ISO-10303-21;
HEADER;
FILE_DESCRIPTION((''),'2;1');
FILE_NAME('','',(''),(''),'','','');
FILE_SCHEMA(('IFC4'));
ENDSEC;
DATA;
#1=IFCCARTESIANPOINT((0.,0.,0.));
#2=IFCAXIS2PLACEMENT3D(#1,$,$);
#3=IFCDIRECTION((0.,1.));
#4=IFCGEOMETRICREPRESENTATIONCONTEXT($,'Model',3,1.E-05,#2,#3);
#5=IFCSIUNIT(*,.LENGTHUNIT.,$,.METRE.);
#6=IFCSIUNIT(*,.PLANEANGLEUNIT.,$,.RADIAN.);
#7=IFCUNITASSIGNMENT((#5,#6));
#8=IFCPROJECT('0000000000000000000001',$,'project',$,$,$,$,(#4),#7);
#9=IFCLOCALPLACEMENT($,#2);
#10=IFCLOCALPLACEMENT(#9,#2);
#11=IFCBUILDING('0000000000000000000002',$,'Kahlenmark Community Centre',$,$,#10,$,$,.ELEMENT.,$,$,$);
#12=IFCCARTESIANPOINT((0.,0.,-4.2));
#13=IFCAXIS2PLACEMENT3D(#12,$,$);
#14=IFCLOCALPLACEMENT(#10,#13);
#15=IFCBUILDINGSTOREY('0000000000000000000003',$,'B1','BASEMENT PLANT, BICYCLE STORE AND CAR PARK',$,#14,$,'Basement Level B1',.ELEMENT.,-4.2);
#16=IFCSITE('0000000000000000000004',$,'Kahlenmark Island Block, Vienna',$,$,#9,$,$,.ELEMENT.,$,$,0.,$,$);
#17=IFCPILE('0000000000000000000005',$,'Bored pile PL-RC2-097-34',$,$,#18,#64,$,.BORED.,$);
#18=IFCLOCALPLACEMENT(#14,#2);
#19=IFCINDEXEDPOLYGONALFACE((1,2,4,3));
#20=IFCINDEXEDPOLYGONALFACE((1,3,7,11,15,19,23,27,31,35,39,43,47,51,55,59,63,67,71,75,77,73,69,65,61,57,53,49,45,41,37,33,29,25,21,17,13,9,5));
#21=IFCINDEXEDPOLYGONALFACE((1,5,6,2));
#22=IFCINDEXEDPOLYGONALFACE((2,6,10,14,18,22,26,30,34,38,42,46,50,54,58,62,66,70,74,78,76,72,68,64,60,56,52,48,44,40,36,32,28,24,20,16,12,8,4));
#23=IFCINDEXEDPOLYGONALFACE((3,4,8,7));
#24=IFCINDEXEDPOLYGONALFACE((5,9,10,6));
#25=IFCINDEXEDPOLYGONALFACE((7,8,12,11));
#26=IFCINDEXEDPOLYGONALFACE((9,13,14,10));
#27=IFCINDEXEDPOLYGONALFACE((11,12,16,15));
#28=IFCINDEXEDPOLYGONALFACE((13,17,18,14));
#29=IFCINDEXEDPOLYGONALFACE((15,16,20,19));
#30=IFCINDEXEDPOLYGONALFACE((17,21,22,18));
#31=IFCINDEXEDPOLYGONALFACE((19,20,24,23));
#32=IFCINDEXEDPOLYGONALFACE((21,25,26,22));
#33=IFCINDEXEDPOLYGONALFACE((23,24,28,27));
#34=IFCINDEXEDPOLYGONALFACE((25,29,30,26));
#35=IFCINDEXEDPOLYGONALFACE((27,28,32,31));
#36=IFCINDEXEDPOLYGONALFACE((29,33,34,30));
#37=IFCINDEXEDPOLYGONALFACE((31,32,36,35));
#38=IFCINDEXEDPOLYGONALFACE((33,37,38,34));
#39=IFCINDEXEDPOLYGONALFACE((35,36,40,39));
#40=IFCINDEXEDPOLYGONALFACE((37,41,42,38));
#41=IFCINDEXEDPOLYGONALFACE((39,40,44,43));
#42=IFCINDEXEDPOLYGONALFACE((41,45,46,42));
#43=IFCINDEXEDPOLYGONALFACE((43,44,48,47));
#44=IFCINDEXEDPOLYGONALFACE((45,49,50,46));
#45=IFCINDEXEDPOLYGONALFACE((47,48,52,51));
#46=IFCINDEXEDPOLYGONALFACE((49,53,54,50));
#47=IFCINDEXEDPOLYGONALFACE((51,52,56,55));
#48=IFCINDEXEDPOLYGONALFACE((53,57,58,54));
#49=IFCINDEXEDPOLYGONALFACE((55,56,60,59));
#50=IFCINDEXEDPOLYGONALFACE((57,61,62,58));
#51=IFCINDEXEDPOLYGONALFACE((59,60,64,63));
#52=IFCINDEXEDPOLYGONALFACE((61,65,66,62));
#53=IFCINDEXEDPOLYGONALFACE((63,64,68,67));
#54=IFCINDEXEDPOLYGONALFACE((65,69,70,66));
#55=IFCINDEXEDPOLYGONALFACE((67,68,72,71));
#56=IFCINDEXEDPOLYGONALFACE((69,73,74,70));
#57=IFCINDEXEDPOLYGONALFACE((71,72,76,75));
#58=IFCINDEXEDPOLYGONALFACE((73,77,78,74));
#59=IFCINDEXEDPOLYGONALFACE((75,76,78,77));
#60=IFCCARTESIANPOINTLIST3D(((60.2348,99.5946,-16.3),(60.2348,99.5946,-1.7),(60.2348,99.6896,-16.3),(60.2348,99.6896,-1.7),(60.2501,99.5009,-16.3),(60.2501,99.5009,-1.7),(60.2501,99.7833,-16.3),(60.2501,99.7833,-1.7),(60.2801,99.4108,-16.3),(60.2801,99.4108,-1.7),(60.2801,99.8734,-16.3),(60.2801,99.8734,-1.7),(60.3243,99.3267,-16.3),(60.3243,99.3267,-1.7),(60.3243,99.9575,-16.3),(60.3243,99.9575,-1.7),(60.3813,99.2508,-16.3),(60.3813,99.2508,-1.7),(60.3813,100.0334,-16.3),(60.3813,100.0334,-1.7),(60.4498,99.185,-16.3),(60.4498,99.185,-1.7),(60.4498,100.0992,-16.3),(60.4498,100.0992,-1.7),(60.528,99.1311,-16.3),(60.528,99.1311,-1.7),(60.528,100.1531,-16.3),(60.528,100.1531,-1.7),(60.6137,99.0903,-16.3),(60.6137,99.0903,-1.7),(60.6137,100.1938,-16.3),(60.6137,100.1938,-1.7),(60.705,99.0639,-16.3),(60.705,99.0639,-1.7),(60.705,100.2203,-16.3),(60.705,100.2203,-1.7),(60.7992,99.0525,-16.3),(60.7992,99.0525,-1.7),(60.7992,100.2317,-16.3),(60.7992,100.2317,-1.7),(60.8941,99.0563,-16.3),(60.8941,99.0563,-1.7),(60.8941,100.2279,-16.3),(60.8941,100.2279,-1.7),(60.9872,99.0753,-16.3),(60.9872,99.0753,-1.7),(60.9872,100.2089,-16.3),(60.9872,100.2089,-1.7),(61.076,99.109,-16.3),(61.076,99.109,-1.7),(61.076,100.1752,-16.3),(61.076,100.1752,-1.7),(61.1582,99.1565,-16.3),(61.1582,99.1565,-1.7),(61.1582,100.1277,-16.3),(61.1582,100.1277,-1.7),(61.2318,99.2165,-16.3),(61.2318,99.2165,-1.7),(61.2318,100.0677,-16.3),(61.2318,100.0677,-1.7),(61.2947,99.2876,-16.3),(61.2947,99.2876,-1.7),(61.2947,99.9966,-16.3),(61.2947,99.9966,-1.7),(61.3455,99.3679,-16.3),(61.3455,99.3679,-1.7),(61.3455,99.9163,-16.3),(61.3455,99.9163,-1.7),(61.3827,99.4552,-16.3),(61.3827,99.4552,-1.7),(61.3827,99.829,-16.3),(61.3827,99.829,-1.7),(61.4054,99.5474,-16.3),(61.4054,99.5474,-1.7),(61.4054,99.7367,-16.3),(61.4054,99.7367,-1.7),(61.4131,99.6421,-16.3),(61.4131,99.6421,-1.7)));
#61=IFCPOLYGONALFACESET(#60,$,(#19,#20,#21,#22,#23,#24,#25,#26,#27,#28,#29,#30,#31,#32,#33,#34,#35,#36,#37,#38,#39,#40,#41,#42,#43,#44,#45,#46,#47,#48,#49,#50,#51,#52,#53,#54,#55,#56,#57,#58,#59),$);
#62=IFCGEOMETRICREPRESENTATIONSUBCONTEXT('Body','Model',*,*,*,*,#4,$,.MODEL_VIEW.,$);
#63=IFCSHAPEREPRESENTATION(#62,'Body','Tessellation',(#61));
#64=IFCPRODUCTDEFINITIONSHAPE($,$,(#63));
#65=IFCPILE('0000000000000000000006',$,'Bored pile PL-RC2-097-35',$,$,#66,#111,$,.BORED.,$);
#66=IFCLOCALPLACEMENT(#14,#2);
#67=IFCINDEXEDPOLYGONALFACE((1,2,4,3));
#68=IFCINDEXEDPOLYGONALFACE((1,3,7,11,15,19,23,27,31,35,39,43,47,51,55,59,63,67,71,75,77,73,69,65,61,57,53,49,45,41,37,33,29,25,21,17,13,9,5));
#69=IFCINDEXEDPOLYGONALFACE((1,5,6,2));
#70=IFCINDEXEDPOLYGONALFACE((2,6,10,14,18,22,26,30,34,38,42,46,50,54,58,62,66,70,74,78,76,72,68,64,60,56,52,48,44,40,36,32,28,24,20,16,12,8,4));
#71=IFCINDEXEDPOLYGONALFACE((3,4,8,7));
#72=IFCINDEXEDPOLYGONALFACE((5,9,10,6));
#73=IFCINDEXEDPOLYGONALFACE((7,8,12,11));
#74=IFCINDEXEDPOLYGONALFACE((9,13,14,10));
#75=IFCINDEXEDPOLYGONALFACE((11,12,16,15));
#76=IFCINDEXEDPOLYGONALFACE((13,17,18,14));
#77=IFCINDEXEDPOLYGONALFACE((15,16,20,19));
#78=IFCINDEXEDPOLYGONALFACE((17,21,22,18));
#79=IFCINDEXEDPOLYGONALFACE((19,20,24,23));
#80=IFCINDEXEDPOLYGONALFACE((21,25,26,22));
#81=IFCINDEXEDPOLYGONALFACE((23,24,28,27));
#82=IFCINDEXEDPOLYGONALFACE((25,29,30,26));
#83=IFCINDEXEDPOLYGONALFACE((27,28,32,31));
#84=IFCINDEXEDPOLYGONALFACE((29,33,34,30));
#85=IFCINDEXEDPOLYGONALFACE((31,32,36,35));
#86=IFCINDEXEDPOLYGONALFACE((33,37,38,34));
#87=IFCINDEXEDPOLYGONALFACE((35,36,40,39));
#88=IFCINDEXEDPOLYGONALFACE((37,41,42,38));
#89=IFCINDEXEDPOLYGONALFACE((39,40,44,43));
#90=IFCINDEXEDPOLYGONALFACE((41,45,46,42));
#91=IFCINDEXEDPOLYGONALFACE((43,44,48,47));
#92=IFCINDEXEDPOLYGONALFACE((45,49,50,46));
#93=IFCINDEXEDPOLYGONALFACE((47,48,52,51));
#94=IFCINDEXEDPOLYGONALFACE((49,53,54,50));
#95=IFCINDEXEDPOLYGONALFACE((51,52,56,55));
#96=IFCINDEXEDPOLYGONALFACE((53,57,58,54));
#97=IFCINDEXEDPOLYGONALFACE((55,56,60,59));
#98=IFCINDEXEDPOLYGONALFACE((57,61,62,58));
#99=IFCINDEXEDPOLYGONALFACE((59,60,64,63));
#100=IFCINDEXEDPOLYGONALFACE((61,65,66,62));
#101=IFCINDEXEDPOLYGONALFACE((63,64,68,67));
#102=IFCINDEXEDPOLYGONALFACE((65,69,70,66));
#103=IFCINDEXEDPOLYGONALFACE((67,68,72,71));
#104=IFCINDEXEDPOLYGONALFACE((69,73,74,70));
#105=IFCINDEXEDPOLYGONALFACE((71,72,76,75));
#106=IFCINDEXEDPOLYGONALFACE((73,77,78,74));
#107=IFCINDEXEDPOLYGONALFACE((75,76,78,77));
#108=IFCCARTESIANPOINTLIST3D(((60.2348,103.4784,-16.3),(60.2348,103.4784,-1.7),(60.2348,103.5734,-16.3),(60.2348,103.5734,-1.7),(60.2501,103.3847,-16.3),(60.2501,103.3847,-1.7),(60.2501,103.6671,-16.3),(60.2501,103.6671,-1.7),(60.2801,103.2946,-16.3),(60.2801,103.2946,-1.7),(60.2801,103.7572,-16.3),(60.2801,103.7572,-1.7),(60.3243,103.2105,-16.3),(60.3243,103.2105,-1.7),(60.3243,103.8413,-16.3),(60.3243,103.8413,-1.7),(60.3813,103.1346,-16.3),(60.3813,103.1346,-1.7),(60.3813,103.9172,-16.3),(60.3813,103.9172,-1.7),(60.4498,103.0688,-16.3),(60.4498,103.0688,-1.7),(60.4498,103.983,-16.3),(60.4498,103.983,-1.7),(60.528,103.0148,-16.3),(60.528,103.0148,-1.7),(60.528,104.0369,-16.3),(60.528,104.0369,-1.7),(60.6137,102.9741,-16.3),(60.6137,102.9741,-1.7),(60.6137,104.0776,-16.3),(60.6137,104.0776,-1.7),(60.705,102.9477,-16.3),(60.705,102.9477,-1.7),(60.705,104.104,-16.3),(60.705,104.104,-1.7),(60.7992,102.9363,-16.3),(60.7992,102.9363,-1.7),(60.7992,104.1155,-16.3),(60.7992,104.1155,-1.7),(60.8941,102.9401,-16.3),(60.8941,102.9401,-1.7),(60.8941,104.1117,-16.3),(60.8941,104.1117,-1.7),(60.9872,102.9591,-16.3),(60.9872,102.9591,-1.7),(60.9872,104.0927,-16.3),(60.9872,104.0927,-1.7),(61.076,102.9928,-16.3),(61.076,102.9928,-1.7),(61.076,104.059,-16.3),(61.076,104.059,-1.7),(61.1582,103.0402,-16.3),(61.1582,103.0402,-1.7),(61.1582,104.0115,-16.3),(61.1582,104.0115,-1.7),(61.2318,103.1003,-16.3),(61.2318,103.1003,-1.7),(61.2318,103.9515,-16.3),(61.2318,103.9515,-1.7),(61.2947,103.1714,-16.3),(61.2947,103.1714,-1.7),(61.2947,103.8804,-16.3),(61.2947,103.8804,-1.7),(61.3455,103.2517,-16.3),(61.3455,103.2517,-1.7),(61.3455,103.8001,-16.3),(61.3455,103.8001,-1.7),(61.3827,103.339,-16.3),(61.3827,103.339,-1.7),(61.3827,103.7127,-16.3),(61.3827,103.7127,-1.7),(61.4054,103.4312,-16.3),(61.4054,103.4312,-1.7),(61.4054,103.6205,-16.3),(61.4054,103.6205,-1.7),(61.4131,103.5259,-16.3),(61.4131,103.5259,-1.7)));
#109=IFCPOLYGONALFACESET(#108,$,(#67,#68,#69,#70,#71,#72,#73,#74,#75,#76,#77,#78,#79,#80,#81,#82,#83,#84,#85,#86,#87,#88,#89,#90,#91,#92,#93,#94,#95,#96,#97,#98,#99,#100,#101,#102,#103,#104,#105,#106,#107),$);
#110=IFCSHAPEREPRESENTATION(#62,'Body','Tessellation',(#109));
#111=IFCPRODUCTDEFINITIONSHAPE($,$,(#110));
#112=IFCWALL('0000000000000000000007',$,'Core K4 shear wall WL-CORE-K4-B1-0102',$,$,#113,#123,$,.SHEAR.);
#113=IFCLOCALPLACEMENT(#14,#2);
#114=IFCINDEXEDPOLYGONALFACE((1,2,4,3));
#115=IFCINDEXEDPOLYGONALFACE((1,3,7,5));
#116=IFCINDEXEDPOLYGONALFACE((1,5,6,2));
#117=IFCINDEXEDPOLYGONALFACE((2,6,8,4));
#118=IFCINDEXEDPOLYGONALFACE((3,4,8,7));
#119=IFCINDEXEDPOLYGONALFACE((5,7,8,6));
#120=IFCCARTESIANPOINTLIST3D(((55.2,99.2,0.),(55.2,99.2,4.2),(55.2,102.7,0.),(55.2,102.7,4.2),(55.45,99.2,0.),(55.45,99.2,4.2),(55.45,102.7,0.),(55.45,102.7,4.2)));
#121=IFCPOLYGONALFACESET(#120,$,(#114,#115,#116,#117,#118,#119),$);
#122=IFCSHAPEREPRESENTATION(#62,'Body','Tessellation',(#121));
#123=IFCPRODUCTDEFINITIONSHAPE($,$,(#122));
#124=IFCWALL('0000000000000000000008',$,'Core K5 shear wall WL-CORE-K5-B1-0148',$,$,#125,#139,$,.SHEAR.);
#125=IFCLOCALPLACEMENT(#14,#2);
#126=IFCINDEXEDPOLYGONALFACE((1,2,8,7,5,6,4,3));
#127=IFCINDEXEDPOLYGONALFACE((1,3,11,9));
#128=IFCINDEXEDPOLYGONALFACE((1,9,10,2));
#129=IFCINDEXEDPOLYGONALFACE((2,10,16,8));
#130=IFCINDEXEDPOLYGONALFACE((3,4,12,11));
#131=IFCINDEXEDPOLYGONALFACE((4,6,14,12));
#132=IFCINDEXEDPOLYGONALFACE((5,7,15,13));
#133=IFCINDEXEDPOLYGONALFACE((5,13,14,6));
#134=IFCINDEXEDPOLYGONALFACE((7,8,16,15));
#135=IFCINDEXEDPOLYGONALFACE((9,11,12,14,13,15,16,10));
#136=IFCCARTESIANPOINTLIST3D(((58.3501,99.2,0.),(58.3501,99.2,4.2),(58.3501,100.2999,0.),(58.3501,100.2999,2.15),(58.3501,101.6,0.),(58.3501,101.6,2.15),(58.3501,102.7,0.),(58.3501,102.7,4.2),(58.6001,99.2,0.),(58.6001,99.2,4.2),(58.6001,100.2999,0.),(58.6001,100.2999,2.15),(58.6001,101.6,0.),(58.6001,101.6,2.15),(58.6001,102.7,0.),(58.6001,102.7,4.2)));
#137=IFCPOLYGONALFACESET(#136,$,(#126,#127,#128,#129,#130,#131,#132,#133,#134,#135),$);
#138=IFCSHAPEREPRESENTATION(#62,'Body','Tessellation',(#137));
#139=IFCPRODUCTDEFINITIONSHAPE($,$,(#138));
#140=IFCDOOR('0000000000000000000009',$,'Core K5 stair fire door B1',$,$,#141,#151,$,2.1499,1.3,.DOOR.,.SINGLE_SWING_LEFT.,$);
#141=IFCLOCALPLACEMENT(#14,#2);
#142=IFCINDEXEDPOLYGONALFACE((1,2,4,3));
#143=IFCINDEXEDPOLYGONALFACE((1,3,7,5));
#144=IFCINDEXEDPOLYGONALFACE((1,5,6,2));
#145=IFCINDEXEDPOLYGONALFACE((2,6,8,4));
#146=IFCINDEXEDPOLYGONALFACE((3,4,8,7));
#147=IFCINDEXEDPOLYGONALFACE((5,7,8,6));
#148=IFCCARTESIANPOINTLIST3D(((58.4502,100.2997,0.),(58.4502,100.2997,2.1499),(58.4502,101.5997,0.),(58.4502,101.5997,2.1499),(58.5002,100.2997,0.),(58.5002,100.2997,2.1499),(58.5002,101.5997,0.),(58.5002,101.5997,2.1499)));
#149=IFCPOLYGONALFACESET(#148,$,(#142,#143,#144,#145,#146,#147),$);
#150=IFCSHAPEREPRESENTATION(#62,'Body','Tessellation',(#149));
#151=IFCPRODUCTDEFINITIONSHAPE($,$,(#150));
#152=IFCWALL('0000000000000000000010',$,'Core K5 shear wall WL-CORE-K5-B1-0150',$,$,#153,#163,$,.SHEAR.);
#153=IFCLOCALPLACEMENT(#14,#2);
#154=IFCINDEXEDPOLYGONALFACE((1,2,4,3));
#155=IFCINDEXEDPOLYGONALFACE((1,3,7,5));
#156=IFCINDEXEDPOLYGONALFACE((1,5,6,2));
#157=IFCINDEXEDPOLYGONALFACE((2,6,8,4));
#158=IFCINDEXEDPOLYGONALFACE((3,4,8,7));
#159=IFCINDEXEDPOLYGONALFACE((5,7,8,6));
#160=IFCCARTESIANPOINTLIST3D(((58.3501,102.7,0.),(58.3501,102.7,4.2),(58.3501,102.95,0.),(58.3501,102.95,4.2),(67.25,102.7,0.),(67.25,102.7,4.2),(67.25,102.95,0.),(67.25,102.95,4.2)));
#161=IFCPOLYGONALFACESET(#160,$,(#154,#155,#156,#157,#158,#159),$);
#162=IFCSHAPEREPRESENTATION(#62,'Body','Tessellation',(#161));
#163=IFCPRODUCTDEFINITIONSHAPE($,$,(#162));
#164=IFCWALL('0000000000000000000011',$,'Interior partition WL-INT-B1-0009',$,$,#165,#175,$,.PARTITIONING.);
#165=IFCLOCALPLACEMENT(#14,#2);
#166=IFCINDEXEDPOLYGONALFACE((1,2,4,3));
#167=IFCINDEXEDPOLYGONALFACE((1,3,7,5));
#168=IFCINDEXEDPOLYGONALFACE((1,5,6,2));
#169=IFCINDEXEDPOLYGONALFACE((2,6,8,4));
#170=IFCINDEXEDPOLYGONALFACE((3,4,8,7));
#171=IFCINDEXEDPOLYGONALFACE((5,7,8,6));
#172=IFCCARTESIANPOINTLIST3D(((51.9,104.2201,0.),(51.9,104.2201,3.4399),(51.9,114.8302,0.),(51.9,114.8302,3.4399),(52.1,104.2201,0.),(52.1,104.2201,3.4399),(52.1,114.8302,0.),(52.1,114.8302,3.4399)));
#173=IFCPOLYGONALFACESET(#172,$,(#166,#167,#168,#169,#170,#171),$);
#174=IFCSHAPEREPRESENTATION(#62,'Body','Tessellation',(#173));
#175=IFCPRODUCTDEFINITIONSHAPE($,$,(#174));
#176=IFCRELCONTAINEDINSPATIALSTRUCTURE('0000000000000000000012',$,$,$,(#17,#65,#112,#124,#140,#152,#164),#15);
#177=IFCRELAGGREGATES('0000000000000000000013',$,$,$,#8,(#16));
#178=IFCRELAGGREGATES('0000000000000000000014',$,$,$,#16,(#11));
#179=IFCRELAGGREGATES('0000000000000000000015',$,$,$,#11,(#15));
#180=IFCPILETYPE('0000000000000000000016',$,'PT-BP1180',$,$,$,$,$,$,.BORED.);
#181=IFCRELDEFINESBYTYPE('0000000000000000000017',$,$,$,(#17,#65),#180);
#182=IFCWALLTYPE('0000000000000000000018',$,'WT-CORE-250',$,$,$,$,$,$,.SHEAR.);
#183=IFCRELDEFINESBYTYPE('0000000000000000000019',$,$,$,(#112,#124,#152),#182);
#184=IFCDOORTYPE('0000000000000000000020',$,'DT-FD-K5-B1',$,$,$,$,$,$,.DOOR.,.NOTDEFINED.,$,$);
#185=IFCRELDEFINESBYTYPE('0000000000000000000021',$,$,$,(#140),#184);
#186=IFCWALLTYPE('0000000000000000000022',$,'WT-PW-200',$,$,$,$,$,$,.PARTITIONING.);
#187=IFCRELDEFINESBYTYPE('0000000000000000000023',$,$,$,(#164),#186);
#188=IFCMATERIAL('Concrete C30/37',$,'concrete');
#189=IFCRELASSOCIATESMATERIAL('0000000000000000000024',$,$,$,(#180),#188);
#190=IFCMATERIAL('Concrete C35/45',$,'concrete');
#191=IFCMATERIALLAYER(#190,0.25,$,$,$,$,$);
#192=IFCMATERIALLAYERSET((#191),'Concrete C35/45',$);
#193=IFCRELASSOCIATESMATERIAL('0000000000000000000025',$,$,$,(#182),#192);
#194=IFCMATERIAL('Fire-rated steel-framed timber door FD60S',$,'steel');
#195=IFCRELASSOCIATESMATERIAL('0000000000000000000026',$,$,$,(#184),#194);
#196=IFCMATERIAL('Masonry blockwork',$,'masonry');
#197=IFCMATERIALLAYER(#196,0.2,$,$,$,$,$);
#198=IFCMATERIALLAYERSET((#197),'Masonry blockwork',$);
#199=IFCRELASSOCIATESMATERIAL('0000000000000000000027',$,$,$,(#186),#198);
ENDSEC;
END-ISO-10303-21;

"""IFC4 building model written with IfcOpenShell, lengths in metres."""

from ifc_helpers import new_model, si_unit, direction, frame, frame_2d, origin, origin_2d, place, context, subcontext, project, spatial, rectangle, circle, extrude, material, layer, layer_set, material_profile, profile_set, type_object, element, fill, save


model = new_model("IFC4")

# Units and contexts
model_context = context("Model", 3, precision=1e-05, world=origin(), true_north=direction((0.0, 1.0)))
body_context = subcontext(model_context, "Body", "Model", "MODEL_VIEW")
ifc_project = project(units=[si_unit("LENGTHUNIT", "METRE"), si_unit("PLANEANGLEUNIT", "RADIAN")], contexts=[model_context])

# Site, building, storey
site_placement = place(None, origin())
site = spatial("IfcSite", under=ifc_project, at=site_placement, Name="Kahlenmark Island Block, Vienna", CompositionType="ELEMENT", RefElevation=0.0)
building_placement = place(site_placement, origin())
building = spatial("IfcBuilding", under=site, at=building_placement, Name="Kahlenmark Community Centre", CompositionType="ELEMENT")
storey_placement = place(building_placement, frame((0.0, 0.0, -4.2)))
storey = spatial("IfcBuildingStorey", under=building, at=storey_placement, Name="B1", Description="BASEMENT PLANT, BICYCLE STORE AND CAR PARK", LongName="Basement Level B1", CompositionType="ELEMENT", Elevation=-4.2)

# Piles
ifc_material_1 = material(Name="Concrete C30/37", Category="concrete")
ifc_material_profile = material_profile(ifc_material_1, circle(Radius=0.5901, at=origin_2d()), Name="BORED PILE 1180")
ifc_profile_set = profile_set([ifc_material_profile], Name="Concrete C30/37")
pile_type = type_object("IfcPileType", Name="PT-BP1180", PredefinedType="BORED", material=ifc_profile_set)
for number, where, z_axis, x_axis, name in (
    (1, (60.823, 99.6421, -1.7), (0.0, 0.0, -1.0), (1.0, 0.0, 0.0), "Bored pile PL-RC2-097-34"),
    (2, (60.823, 103.5259, -1.7), (0.0, 0.0, -1.0), (1.0, 0.0, 0.0), "Bored pile PL-RC2-097-35"),
):
    element("IfcPile", number, at=place(storey_placement, frame(where, z_axis=z_axis, x_axis=x_axis)), inside=storey, type_object=pile_type, Name=name, PredefinedType="BORED", context=body_context, shape_type="SweptSolid", body=[
        extrude(circle(Radius=0.5901, at=origin_2d()), origin(), (0.0, 0.0, 1.0), 14.6001),
    ])

# Wall
ifc_material_2 = material(Name="Concrete C35/45", Category="concrete")
ifc_layer_1 = layer(ifc_material_2, 0.25)
ifc_layer_set_1 = layer_set([ifc_layer_1], Name="Concrete C35/45")
wall_type_1 = type_object("IfcWallType", Name="WT-CORE-250", PredefinedType="SHEAR", material=ifc_layer_set_1)
wall_1_placement = place(storey_placement, frame((55.325, 99.2, 0.0), z_axis=(0.0, 0.0, 1.0), x_axis=(0.0, 1.0, 0.0)))
element("IfcWall", 3, at=wall_1_placement, inside=storey, type_object=wall_type_1, Name="Core K4 shear wall WL-CORE-K4-B1-0102", PredefinedType="SHEAR", context=body_context, shape_type="SweptSolid", body=[
    extrude(rectangle(XDim=3.5, YDim=0.25, at=frame_2d((1.75, 0.0))), origin(), (0.0, 0.0, 1.0), 4.2),
])

# Wall, opening, door
wall_2_placement = place(storey_placement, frame((58.4751, 102.7, 0.0), z_axis=(0.0, 0.0, 1.0), x_axis=(0.0, -1.0, 0.0)))
wall_2 = element("IfcWall", 4, at=wall_2_placement, inside=storey, type_object=wall_type_1, Name="Core K5 shear wall WL-CORE-K5-B1-0148", PredefinedType="SHEAR", context=body_context, shape_type="SweptSolid", body=[
    extrude(rectangle(XDim=3.5, YDim=0.25, at=frame_2d((1.75, 0.0))), origin(), (0.0, 0.0, 1.0), 4.2),
])
opening_1_placement = place(wall_2_placement, frame((1.1001, 0.0, -0.01)))
opening_1 = element("IfcOpeningElement", 5, at=opening_1_placement, cuts=wall_2, PredefinedType="OPENING", context=body_context, shape_type="SweptSolid", body=[
    extrude(rectangle(XDim=1.3, YDim=2.1599, at=frame_2d((0.6499, 1.0801))), frame((0.0, 0.135, 0.0), z_axis=(0.0, -1.0, 0.0), x_axis=(1.0, 0.0, 0.0)), (0.0, 0.0, 1.0), 0.27),
])
ifc_material_3 = material(Name="Fire-rated steel-framed timber door FD60S", Category="steel")
door_type_1 = type_object("IfcDoorType", Name="DT-FD-K5-B1", OperationType="NOTDEFINED", PredefinedType="DOOR", material=ifc_material_3)
door_1_placement = place(opening_1_placement, frame((1.3, 0.0, 0.01), z_axis=(0.0, 0.0, 1.0), x_axis=(-1.0, 0.0, 0.0)))
door_1 = element("IfcDoor", 6, at=door_1_placement, inside=storey, type_object=door_type_1, Name="Core K5 stair fire door B1", OperationType="SINGLE_SWING_LEFT", OverallHeight=2.1499, OverallWidth=1.3, PredefinedType="DOOR", context=body_context, shape_type="SweptSolid", body=[
    extrude(rectangle(XDim=1.3, YDim=2.1499, at=frame_2d((0.6499, 1.075))), frame((0.0, 0.0249, 0.0), z_axis=(0.0, -1.0, 0.0), x_axis=(1.0, 0.0, 0.0)), (0.0, 0.0, 1.0), 0.05),
])
fill(opening_1, door_1)

# Walls
wall_3_placement = place(storey_placement, frame((58.3501, 102.825, 0.0), z_axis=(0.0, 0.0, 1.0), x_axis=(1.0, 0.0, 0.0)))
element("IfcWall", 7, at=wall_3_placement, inside=storey, type_object=wall_type_1, Name="Core K5 shear wall WL-CORE-K5-B1-0150", PredefinedType="SHEAR", context=body_context, shape_type="SweptSolid", body=[
    extrude(rectangle(XDim=8.8999, YDim=0.25, at=frame_2d((4.45, 0.0))), origin(), (0.0, 0.0, 1.0), 4.2),
])
ifc_material_4 = material(Name="Masonry blockwork", Category="masonry")
ifc_layer_2 = layer(ifc_material_4, 0.2)
ifc_layer_set_2 = layer_set([ifc_layer_2], Name="Masonry blockwork")
wall_type_2 = type_object("IfcWallType", Name="WT-PW-200", PredefinedType="PARTITIONING", material=ifc_layer_set_2)
wall_4_placement = place(storey_placement, frame((52.0, 104.22, 0.0), z_axis=(0.0, 0.0, 1.0), x_axis=(0.0, 1.0, 0.0)))
element("IfcWall", 8, at=wall_4_placement, inside=storey, type_object=wall_type_2, Name="Interior partition WL-INT-B1-0009", PredefinedType="PARTITIONING", context=body_context, shape_type="SweptSolid", body=[
    extrude(rectangle(XDim=10.6101, YDim=0.2, at=frame_2d((5.3052, 0.0))), origin(), (0.0, 0.0, 1.0), 3.4399),
])

save(model, "model.ifc")
